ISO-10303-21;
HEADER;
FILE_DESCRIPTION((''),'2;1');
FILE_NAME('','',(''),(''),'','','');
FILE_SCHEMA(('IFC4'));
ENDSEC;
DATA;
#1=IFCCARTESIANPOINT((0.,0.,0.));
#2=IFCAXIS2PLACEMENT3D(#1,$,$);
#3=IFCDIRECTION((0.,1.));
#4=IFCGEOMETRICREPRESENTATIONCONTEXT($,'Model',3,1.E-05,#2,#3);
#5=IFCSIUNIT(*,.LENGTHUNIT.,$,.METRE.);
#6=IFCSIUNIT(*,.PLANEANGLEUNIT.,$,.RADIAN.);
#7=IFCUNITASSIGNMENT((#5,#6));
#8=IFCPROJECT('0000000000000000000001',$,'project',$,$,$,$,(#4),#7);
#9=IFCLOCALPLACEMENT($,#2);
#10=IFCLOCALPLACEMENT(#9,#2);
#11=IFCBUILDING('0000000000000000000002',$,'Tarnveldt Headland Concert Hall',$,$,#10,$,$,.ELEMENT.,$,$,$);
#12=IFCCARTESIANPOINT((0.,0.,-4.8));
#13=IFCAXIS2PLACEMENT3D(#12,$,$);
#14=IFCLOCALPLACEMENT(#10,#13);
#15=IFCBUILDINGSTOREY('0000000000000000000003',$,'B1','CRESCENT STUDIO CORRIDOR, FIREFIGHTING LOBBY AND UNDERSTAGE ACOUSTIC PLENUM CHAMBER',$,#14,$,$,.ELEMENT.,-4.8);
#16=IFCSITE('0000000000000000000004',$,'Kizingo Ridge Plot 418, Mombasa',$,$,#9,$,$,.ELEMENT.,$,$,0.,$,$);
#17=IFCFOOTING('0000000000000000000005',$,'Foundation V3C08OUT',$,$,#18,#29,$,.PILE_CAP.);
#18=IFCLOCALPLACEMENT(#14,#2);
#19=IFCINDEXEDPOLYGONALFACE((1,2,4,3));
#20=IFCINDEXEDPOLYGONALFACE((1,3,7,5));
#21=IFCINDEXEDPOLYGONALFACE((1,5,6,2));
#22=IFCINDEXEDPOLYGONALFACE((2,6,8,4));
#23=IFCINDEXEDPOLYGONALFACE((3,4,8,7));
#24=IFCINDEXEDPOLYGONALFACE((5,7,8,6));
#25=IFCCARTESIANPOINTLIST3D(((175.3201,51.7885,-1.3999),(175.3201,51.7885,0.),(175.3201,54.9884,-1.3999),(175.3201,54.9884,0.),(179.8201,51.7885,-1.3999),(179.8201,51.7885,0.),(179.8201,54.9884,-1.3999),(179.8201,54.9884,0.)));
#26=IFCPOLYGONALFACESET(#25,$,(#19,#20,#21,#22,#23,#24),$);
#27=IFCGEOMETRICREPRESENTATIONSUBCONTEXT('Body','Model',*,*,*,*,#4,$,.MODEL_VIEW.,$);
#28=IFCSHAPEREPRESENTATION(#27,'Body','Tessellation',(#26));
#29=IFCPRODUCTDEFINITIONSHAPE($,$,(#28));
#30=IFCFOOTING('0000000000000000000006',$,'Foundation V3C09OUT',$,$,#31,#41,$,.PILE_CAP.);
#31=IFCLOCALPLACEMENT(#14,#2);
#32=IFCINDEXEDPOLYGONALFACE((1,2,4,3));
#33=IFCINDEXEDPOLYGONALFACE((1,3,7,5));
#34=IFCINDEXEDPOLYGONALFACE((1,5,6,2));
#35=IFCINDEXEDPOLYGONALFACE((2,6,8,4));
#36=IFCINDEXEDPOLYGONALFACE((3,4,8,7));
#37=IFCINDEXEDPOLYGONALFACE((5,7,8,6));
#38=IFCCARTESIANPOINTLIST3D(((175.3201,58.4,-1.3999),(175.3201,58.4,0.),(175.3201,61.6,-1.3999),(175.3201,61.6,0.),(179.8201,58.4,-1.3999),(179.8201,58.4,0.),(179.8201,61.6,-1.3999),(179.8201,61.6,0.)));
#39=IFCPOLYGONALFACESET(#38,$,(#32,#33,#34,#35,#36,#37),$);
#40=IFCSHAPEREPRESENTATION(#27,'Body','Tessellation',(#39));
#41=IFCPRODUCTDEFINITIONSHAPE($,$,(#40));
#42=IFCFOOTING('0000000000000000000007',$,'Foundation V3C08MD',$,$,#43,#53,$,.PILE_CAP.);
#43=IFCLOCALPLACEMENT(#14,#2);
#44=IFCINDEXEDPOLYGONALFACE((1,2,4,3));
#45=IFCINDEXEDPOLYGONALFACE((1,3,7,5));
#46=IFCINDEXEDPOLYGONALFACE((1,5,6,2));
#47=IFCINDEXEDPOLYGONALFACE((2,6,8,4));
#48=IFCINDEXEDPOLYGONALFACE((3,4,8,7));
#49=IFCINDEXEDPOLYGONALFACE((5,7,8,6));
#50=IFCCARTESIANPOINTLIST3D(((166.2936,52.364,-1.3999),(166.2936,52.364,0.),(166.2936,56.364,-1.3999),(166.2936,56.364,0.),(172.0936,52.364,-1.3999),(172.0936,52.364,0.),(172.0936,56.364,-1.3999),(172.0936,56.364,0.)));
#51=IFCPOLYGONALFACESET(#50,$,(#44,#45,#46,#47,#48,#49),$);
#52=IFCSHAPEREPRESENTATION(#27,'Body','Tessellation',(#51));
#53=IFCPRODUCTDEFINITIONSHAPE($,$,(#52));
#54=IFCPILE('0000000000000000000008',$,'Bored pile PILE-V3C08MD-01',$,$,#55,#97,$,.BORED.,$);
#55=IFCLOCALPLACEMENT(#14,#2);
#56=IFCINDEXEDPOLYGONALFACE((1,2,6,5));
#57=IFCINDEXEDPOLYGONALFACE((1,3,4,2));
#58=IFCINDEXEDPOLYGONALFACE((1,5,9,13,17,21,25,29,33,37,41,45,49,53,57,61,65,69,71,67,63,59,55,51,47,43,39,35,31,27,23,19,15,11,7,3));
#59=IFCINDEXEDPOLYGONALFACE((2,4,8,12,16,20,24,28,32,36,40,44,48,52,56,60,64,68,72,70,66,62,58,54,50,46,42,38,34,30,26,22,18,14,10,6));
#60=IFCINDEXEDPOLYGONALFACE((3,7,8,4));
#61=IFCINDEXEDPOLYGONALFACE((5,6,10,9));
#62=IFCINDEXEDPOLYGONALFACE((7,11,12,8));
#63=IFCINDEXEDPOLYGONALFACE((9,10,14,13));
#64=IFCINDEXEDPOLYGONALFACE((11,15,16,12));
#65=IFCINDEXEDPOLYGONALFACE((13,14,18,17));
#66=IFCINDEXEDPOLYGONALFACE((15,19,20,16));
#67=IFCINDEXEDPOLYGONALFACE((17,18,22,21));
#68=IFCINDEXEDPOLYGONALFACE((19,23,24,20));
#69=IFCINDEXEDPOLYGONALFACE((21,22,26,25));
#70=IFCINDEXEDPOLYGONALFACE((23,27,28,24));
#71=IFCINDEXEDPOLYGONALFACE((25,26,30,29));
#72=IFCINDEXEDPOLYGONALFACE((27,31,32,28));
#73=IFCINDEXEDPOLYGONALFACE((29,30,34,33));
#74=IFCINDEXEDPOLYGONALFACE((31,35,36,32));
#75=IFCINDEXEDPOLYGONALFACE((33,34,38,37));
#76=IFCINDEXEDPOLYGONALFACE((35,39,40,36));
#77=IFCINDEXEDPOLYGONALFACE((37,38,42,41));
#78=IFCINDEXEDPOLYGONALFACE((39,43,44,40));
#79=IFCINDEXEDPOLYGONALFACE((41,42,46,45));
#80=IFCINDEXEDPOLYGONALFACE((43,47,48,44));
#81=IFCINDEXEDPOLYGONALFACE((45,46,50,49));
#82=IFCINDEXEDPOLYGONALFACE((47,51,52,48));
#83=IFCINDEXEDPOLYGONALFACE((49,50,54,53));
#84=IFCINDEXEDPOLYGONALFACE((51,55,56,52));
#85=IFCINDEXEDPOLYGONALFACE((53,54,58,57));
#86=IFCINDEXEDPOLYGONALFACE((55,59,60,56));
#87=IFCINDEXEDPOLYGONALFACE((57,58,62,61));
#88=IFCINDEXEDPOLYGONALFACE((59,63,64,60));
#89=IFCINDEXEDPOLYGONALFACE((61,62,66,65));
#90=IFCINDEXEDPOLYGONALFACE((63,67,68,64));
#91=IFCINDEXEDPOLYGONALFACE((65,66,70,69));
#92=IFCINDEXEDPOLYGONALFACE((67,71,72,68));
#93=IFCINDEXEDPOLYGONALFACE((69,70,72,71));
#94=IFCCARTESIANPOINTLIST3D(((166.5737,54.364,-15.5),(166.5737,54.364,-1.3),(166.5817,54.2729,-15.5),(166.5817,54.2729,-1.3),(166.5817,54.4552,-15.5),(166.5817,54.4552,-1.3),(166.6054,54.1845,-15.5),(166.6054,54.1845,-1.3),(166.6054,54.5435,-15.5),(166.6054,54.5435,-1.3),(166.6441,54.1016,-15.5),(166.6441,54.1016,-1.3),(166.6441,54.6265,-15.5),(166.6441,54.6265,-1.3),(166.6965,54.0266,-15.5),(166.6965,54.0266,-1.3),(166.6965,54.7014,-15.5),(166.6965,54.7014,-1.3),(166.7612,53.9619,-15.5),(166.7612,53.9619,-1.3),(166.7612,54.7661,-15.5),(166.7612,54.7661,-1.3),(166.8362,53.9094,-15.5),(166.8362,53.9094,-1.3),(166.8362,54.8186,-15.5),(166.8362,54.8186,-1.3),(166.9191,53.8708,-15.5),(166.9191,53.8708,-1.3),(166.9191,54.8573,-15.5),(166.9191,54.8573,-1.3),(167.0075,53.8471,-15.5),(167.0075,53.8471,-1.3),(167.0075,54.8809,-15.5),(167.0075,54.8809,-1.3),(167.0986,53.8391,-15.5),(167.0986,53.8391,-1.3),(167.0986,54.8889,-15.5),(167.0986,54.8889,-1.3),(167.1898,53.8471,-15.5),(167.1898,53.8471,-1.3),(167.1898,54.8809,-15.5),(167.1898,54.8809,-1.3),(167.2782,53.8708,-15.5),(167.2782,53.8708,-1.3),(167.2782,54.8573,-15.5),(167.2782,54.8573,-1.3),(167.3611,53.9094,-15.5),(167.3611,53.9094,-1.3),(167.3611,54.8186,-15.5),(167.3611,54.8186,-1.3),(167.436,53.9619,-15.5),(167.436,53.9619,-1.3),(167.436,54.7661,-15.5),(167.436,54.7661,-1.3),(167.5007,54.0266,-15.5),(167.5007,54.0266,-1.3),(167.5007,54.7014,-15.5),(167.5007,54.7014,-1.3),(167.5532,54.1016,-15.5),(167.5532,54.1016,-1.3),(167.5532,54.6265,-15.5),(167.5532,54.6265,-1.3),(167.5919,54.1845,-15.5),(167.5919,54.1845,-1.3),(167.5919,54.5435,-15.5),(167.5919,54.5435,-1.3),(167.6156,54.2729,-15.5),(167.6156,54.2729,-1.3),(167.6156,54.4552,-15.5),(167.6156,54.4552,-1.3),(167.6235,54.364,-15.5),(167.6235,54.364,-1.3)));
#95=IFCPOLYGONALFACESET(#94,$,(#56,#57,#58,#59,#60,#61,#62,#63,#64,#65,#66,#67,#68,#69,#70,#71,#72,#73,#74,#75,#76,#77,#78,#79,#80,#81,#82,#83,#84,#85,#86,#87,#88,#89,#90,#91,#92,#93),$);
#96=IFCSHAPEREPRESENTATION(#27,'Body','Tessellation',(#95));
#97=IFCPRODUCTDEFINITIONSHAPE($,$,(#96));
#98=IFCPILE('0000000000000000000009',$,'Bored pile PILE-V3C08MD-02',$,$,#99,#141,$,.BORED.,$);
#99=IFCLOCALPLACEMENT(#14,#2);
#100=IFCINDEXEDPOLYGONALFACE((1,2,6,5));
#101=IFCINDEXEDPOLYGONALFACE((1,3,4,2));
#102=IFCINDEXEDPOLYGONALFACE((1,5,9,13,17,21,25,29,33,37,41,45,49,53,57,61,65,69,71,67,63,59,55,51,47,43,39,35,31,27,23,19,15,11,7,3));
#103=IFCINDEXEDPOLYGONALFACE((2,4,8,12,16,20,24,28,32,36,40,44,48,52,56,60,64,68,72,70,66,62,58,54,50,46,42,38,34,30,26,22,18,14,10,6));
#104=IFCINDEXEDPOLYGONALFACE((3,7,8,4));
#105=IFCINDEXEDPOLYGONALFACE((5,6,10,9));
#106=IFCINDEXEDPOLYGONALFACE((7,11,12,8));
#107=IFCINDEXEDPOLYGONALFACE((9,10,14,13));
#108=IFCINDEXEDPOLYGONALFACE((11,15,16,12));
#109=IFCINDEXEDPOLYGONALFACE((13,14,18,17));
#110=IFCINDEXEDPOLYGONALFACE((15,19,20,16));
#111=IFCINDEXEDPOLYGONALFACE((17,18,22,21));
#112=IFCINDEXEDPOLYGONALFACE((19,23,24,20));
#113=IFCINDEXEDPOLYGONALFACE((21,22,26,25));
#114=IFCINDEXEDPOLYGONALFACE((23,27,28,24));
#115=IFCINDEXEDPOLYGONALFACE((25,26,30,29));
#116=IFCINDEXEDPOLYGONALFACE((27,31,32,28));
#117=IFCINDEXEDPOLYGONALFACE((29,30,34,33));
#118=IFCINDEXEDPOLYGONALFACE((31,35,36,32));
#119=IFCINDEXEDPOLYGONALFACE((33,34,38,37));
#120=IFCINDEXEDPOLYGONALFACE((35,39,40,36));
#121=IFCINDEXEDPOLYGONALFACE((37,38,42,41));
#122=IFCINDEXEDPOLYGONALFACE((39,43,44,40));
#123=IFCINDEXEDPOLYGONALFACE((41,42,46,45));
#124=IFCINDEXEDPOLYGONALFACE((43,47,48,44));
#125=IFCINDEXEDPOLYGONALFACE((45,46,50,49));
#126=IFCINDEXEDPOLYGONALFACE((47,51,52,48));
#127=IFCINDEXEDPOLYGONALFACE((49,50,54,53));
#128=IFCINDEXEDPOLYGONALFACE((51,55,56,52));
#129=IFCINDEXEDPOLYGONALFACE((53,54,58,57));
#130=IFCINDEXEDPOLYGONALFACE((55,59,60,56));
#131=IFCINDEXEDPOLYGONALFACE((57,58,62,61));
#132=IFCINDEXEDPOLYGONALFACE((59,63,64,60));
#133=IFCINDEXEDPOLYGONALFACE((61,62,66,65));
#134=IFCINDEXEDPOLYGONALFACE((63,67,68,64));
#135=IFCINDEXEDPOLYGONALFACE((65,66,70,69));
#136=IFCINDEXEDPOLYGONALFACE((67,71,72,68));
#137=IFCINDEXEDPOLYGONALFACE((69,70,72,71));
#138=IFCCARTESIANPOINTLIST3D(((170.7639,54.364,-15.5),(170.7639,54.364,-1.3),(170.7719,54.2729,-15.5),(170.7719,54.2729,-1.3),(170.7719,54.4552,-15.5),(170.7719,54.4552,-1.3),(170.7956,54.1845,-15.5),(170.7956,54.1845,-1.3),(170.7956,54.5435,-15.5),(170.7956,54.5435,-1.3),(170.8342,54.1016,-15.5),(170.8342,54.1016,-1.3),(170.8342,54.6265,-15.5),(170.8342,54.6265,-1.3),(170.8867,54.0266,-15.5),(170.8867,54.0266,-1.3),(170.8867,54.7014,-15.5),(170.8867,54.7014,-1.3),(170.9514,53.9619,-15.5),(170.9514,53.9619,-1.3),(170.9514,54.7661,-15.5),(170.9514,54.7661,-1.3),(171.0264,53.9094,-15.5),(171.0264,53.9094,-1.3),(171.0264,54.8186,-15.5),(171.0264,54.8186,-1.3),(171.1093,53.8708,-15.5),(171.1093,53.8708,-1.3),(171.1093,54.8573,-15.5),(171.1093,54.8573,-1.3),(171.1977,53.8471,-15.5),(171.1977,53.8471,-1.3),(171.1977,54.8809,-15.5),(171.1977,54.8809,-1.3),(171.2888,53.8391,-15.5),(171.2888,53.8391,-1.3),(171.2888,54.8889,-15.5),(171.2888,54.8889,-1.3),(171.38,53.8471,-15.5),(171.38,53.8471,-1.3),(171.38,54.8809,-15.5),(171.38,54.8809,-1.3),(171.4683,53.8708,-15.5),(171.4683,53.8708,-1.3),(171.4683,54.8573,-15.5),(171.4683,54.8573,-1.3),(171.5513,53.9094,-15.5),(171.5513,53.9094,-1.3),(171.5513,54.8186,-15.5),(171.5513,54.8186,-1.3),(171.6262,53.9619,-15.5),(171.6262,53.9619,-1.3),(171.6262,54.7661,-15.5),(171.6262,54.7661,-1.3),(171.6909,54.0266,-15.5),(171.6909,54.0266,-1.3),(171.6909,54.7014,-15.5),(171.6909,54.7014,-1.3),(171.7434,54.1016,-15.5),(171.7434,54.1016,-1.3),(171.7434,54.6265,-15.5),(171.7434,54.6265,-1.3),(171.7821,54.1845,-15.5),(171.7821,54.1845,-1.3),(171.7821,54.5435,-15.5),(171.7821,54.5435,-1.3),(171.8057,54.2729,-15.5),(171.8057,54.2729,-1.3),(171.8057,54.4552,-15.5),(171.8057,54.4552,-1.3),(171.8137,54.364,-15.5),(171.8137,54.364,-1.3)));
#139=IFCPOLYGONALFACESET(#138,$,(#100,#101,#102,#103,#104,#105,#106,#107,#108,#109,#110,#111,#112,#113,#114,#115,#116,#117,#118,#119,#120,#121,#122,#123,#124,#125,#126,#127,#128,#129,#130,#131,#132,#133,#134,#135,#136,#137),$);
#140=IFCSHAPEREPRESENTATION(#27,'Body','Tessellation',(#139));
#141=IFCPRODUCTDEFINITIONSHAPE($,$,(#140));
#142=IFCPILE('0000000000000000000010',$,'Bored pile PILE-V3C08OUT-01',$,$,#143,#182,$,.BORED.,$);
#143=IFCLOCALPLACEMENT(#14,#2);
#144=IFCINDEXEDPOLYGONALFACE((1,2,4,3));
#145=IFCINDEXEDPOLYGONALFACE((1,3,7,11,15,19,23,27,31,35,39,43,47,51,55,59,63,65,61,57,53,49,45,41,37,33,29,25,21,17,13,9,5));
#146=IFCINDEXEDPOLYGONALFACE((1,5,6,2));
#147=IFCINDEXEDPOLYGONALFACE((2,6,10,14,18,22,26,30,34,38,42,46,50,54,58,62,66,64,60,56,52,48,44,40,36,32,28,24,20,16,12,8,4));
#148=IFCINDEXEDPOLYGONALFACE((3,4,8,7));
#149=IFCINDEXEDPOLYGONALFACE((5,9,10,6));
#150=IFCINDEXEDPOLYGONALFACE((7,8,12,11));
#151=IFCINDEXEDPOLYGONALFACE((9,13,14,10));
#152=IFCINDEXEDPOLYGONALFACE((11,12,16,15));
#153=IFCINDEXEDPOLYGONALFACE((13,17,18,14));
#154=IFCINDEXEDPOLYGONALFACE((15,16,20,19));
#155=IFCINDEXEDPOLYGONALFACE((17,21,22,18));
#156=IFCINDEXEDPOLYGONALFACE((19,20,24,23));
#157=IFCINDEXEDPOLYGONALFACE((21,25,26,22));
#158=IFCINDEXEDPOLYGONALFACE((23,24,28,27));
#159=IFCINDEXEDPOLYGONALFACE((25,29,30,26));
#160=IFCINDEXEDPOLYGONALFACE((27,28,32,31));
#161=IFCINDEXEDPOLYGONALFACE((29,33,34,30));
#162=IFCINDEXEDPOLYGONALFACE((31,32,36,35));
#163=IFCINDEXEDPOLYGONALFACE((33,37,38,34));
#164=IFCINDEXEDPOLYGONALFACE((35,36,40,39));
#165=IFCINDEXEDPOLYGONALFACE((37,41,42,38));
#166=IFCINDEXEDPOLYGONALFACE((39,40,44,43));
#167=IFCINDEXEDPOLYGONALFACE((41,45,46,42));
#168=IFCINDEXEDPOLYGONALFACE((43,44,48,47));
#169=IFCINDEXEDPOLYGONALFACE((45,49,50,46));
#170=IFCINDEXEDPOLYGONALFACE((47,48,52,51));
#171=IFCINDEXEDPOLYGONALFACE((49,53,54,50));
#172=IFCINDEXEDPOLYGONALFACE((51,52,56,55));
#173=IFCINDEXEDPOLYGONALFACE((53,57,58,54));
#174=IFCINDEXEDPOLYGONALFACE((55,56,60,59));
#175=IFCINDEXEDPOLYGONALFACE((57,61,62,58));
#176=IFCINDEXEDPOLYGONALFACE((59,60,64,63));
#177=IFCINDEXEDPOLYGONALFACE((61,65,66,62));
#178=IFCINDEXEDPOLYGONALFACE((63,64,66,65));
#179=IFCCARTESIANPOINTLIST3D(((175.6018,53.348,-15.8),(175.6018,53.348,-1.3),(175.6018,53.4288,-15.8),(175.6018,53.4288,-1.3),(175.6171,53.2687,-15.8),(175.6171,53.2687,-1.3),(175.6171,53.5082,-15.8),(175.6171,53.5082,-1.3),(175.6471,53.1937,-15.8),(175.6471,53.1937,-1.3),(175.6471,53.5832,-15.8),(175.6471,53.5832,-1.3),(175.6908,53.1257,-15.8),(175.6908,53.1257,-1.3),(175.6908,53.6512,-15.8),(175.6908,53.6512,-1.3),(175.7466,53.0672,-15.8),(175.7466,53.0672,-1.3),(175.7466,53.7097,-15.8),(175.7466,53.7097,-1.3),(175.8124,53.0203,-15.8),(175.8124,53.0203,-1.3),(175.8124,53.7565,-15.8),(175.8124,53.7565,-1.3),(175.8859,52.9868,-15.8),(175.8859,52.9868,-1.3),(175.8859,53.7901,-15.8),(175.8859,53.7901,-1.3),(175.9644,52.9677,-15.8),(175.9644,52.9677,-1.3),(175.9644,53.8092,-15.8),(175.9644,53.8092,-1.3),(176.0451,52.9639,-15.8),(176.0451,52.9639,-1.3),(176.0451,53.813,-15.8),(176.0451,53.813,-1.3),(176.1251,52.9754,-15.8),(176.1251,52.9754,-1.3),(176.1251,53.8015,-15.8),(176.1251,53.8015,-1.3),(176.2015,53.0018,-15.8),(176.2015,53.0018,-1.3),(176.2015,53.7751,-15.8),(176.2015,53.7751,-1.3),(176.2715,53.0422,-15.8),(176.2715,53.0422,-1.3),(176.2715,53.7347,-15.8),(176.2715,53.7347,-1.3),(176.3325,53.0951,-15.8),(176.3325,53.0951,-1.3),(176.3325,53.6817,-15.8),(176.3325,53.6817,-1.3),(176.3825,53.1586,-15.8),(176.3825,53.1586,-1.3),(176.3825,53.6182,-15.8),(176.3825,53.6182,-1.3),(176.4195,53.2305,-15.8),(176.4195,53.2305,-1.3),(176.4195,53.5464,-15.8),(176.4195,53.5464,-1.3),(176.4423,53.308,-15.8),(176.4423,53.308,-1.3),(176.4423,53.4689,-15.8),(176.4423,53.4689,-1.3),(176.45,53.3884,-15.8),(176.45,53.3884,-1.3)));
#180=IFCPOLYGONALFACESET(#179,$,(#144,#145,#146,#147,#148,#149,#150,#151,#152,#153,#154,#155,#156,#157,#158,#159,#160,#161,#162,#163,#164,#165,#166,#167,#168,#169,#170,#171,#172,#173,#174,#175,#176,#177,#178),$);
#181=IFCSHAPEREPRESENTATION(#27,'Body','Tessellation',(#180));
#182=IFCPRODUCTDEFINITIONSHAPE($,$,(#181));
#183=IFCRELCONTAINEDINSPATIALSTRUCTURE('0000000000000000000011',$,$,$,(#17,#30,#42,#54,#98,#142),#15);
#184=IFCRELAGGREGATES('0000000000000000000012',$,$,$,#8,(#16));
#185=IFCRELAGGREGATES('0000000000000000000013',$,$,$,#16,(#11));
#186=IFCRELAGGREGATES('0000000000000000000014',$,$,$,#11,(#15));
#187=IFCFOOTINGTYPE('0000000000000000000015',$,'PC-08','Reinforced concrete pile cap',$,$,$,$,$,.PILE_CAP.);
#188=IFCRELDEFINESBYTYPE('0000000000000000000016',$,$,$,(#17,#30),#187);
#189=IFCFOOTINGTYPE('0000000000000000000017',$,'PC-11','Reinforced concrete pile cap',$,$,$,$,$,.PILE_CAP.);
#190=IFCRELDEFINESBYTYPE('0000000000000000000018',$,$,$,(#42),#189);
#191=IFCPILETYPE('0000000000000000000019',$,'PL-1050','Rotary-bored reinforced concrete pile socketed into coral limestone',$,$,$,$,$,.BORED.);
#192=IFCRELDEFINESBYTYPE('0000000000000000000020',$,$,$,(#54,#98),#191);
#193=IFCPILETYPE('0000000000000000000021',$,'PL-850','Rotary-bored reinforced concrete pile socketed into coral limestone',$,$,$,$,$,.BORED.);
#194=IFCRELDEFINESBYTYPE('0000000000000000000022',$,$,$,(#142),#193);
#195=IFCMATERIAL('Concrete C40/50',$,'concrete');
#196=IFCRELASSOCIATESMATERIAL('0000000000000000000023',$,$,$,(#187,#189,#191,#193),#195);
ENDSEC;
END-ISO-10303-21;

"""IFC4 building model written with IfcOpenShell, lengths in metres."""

from ifc_helpers import new_model, si_unit, direction, frame, origin, origin_2d, place, context, subcontext, project, spatial, rectangle, circle, extrude, material, material_profile, profile_set, type_object, element, save


model = new_model("IFC4")

# Units and contexts
model_context = context("Model", 3, precision=1e-05, world=origin(), true_north=direction((0.0, 1.0)))
body_context = subcontext(model_context, "Body", "Model", "MODEL_VIEW")
ifc_project = project(units=[si_unit("LENGTHUNIT", "METRE"), si_unit("PLANEANGLEUNIT", "RADIAN")], contexts=[model_context])

# Site, building, storey
site_placement = place(None, origin())
site = spatial("IfcSite", under=ifc_project, at=site_placement, Name="Kizingo Ridge Plot 418, Mombasa", CompositionType="ELEMENT", RefElevation=0.0)
building_placement = place(site_placement, origin())
building = spatial("IfcBuilding", under=site, at=building_placement, Name="Tarnveldt Headland Concert Hall", CompositionType="ELEMENT")
storey_placement = place(building_placement, frame((0.0, 0.0, -4.8)))
storey = spatial("IfcBuildingStorey", under=building, at=storey_placement, Name="B1", Description="CRESCENT STUDIO CORRIDOR, FIREFIGHTING LOBBY AND UNDERSTAGE ACOUSTIC PLENUM CHAMBER", CompositionType="ELEMENT", Elevation=-4.8)

# Footings
ifc_material_1 = material(Name="Concrete C40/50", Category="concrete")
footing_type_1 = type_object("IfcFootingType", Name="PC-08", Description="Reinforced concrete pile cap", PredefinedType="PILE_CAP", material=ifc_material_1)
for number, where, z_axis, x_axis, name in (
    (1, (177.5701, 53.3884, -1.3999), (0.0, 0.0, 1.0), (1.0, 0.0, 0.0), "Foundation V3C08OUT"),
    (2, (177.5701, 60.0, -1.3999), (0.0, 0.0, 1.0), (1.0, 0.0, 0.0), "Foundation V3C09OUT"),
):
    element("IfcFooting", number, at=place(storey_placement, frame(where, z_axis=z_axis, x_axis=x_axis)), inside=storey, type_object=footing_type_1, Name=name, PredefinedType="PILE_CAP", context=body_context, shape_type="SweptSolid", body=[
        extrude(rectangle(XDim=4.5, YDim=3.2, at=origin_2d()), origin(), (0.0, 0.0, 1.0), 1.3999),
    ])
footing_type_2 = type_object("IfcFootingType", Name="PC-11", Description="Reinforced concrete pile cap", PredefinedType="PILE_CAP", material=ifc_material_1)
footing_placement = place(storey_placement, frame((169.1936, 54.364, -1.3999), z_axis=(0.0, 0.0, 1.0), x_axis=(1.0, 0.0, 0.0)))
element("IfcFooting", 3, at=footing_placement, inside=storey, type_object=footing_type_2, Name="Foundation V3C08MD", PredefinedType="PILE_CAP", context=body_context, shape_type="SweptSolid", body=[
    extrude(rectangle(XDim=5.8, YDim=4.0, at=origin_2d()), origin(), (0.0, 0.0, 1.0), 1.3999),
])

# Piles
ifc_material_profile_1 = material_profile(ifc_material_1, circle(Radius=0.5249, at=origin_2d()), Name="BORED PILE D1050", Category="concrete")
ifc_profile_set_1 = profile_set([ifc_material_profile_1], Name="Concrete C40/50")
pile_type_1 = type_object("IfcPileType", Name="PL-1050", Description="Rotary-bored reinforced concrete pile socketed into coral limestone", PredefinedType="BORED", material=ifc_profile_set_1)
for number, where, z_axis, x_axis, name in (
    (4, (167.0986, 54.364, -1.3), (0.0, 0.0, -1.0), (1.0, 0.0, 0.0), "Bored pile PILE-V3C08MD-01"),
    (5, (171.2888, 54.364, -1.3), (0.0, 0.0, -1.0), (1.0, 0.0, 0.0), "Bored pile PILE-V3C08MD-02"),
):
    element("IfcPile", number, at=place(storey_placement, frame(where, z_axis=z_axis, x_axis=x_axis)), inside=storey, type_object=pile_type_1, Name=name, PredefinedType="BORED", context=body_context, shape_type="SweptSolid", body=[
        extrude(circle(Radius=0.5249, at=origin_2d()), origin(), (0.0, 0.0, 1.0), 14.2),
    ])
ifc_material_profile_2 = material_profile(ifc_material_1, circle(Radius=0.425, at=origin_2d()), Name="BORED PILE D850", Category="concrete")
ifc_profile_set_2 = profile_set([ifc_material_profile_2], Name="Concrete C40/50")
pile_type_2 = type_object("IfcPileType", Name="PL-850", Description="Rotary-bored reinforced concrete pile socketed into coral limestone", PredefinedType="BORED", material=ifc_profile_set_2)
for number, where, z_axis, x_axis, name in (
    (6, (176.0249, 53.3884, -1.3), (0.0, 0.0, -1.0), (1.0, 0.0, 0.0), "Bored pile PILE-V3C08OUT-01"),
):
    element("IfcPile", number, at=place(storey_placement, frame(where, z_axis=z_axis, x_axis=x_axis)), inside=storey, type_object=pile_type_2, Name=name, PredefinedType="BORED", context=body_context, shape_type="SweptSolid", body=[
        extrude(circle(Radius=0.425, at=origin_2d()), origin(), (0.0, 0.0, 1.0), 14.5),
    ])

save(model, "model.ifc")
